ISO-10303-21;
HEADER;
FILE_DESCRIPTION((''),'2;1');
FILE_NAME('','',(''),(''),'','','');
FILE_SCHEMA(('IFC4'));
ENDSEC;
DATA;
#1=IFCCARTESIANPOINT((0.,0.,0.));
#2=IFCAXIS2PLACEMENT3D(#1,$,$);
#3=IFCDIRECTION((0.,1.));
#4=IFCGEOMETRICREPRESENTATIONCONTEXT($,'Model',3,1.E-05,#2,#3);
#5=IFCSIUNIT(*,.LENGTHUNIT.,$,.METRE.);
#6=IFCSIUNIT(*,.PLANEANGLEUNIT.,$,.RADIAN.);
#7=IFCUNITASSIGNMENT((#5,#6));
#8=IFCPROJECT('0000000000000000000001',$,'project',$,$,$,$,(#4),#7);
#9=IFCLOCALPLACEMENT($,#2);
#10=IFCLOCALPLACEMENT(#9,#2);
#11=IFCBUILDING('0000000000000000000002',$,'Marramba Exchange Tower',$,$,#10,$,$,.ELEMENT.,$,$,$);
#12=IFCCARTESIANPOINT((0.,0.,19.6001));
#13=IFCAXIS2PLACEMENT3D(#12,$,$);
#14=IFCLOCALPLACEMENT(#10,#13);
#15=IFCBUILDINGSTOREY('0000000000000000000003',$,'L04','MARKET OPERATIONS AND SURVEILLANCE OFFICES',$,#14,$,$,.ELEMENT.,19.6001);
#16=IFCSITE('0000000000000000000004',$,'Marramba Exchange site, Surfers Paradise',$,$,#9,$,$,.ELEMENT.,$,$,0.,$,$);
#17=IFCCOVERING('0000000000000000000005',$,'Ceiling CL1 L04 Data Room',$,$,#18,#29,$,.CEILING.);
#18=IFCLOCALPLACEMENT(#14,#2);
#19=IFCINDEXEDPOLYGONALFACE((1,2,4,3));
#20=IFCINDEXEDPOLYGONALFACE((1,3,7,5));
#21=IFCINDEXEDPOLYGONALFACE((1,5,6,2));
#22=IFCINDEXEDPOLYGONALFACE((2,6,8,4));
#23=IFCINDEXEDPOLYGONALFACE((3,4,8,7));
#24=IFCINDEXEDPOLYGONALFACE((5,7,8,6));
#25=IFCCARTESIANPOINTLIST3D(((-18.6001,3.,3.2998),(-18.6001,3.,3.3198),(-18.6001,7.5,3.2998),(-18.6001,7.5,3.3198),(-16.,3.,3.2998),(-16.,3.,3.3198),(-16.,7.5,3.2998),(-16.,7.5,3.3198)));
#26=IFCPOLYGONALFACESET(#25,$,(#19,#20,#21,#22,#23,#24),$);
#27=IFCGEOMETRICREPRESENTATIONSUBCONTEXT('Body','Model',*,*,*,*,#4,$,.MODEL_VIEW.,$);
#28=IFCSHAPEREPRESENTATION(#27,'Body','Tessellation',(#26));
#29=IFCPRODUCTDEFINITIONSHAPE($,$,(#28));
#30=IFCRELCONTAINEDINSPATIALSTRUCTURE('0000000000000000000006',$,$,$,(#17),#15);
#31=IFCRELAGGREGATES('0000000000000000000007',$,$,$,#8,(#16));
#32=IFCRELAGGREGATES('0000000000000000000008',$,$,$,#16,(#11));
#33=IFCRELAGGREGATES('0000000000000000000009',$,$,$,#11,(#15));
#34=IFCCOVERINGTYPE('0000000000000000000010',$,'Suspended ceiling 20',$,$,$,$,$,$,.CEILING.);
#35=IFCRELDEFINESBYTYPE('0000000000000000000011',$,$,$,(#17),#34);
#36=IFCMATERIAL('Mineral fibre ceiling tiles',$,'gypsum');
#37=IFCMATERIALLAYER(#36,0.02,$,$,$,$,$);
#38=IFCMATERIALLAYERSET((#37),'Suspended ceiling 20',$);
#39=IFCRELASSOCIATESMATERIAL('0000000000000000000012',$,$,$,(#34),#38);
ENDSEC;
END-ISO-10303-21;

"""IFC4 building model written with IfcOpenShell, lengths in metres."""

from ifc_helpers import new_model, si_unit, direction, frame, origin, place, context, subcontext, project, spatial, polyline, outline, extrude, material, layer, layer_set, type_object, element, save


model = new_model("IFC4")

# Units and contexts
model_context = context("Model", 3, precision=1e-05, world=origin(), true_north=direction((0.0, 1.0)))
body_context = subcontext(model_context, "Body", "Model", "MODEL_VIEW")
ifc_project = project(units=[si_unit("LENGTHUNIT", "METRE"), si_unit("PLANEANGLEUNIT", "RADIAN")], contexts=[model_context])

# Site, building, storey
site_placement = place(None, origin())
site = spatial("IfcSite", under=ifc_project, at=site_placement, Name="Marramba Exchange site, Surfers Paradise", CompositionType="ELEMENT", RefElevation=0.0)
building_placement = place(site_placement, origin())
building = spatial("IfcBuilding", under=site, at=building_placement, Name="Marramba Exchange Tower", CompositionType="ELEMENT")
storey_placement = place(building_placement, frame((0.0, 0.0, 19.6001)))
storey = spatial("IfcBuildingStorey", under=building, at=storey_placement, Name="L04", Description="MARKET OPERATIONS AND SURVEILLANCE OFFICES", CompositionType="ELEMENT", Elevation=19.6001)

# Covering
ifc_material_1 = material(Name="Mineral fibre ceiling tiles", Category="gypsum")
ifc_layer_1 = layer(ifc_material_1, 0.02)
ifc_layer_set_1 = layer_set([ifc_layer_1], Name="Suspended ceiling 20")
covering_type_1 = type_object("IfcCoveringType", Name="Suspended ceiling 20", PredefinedType="CEILING", material=ifc_layer_set_1)
covering_1_placement = place(storey_placement, frame((0.0, 0.0, 3.2998)))
element("IfcCovering", 1, at=covering_1_placement, inside=storey, type_object=covering_type_1, Name="Ceiling CL1 L04 Data Room", PredefinedType="CEILING", context=body_context, shape_type="SweptSolid", body=[
    extrude(outline(polyline([(-16.0, 3.0), (-18.6001, 3.0), (-18.6001, 7.5), (-16.0, 7.5), (-16.0, 3.0)])), origin(), (0.0, 0.0, 1.0), 0.02),
])

save(model, "model.ifc")
